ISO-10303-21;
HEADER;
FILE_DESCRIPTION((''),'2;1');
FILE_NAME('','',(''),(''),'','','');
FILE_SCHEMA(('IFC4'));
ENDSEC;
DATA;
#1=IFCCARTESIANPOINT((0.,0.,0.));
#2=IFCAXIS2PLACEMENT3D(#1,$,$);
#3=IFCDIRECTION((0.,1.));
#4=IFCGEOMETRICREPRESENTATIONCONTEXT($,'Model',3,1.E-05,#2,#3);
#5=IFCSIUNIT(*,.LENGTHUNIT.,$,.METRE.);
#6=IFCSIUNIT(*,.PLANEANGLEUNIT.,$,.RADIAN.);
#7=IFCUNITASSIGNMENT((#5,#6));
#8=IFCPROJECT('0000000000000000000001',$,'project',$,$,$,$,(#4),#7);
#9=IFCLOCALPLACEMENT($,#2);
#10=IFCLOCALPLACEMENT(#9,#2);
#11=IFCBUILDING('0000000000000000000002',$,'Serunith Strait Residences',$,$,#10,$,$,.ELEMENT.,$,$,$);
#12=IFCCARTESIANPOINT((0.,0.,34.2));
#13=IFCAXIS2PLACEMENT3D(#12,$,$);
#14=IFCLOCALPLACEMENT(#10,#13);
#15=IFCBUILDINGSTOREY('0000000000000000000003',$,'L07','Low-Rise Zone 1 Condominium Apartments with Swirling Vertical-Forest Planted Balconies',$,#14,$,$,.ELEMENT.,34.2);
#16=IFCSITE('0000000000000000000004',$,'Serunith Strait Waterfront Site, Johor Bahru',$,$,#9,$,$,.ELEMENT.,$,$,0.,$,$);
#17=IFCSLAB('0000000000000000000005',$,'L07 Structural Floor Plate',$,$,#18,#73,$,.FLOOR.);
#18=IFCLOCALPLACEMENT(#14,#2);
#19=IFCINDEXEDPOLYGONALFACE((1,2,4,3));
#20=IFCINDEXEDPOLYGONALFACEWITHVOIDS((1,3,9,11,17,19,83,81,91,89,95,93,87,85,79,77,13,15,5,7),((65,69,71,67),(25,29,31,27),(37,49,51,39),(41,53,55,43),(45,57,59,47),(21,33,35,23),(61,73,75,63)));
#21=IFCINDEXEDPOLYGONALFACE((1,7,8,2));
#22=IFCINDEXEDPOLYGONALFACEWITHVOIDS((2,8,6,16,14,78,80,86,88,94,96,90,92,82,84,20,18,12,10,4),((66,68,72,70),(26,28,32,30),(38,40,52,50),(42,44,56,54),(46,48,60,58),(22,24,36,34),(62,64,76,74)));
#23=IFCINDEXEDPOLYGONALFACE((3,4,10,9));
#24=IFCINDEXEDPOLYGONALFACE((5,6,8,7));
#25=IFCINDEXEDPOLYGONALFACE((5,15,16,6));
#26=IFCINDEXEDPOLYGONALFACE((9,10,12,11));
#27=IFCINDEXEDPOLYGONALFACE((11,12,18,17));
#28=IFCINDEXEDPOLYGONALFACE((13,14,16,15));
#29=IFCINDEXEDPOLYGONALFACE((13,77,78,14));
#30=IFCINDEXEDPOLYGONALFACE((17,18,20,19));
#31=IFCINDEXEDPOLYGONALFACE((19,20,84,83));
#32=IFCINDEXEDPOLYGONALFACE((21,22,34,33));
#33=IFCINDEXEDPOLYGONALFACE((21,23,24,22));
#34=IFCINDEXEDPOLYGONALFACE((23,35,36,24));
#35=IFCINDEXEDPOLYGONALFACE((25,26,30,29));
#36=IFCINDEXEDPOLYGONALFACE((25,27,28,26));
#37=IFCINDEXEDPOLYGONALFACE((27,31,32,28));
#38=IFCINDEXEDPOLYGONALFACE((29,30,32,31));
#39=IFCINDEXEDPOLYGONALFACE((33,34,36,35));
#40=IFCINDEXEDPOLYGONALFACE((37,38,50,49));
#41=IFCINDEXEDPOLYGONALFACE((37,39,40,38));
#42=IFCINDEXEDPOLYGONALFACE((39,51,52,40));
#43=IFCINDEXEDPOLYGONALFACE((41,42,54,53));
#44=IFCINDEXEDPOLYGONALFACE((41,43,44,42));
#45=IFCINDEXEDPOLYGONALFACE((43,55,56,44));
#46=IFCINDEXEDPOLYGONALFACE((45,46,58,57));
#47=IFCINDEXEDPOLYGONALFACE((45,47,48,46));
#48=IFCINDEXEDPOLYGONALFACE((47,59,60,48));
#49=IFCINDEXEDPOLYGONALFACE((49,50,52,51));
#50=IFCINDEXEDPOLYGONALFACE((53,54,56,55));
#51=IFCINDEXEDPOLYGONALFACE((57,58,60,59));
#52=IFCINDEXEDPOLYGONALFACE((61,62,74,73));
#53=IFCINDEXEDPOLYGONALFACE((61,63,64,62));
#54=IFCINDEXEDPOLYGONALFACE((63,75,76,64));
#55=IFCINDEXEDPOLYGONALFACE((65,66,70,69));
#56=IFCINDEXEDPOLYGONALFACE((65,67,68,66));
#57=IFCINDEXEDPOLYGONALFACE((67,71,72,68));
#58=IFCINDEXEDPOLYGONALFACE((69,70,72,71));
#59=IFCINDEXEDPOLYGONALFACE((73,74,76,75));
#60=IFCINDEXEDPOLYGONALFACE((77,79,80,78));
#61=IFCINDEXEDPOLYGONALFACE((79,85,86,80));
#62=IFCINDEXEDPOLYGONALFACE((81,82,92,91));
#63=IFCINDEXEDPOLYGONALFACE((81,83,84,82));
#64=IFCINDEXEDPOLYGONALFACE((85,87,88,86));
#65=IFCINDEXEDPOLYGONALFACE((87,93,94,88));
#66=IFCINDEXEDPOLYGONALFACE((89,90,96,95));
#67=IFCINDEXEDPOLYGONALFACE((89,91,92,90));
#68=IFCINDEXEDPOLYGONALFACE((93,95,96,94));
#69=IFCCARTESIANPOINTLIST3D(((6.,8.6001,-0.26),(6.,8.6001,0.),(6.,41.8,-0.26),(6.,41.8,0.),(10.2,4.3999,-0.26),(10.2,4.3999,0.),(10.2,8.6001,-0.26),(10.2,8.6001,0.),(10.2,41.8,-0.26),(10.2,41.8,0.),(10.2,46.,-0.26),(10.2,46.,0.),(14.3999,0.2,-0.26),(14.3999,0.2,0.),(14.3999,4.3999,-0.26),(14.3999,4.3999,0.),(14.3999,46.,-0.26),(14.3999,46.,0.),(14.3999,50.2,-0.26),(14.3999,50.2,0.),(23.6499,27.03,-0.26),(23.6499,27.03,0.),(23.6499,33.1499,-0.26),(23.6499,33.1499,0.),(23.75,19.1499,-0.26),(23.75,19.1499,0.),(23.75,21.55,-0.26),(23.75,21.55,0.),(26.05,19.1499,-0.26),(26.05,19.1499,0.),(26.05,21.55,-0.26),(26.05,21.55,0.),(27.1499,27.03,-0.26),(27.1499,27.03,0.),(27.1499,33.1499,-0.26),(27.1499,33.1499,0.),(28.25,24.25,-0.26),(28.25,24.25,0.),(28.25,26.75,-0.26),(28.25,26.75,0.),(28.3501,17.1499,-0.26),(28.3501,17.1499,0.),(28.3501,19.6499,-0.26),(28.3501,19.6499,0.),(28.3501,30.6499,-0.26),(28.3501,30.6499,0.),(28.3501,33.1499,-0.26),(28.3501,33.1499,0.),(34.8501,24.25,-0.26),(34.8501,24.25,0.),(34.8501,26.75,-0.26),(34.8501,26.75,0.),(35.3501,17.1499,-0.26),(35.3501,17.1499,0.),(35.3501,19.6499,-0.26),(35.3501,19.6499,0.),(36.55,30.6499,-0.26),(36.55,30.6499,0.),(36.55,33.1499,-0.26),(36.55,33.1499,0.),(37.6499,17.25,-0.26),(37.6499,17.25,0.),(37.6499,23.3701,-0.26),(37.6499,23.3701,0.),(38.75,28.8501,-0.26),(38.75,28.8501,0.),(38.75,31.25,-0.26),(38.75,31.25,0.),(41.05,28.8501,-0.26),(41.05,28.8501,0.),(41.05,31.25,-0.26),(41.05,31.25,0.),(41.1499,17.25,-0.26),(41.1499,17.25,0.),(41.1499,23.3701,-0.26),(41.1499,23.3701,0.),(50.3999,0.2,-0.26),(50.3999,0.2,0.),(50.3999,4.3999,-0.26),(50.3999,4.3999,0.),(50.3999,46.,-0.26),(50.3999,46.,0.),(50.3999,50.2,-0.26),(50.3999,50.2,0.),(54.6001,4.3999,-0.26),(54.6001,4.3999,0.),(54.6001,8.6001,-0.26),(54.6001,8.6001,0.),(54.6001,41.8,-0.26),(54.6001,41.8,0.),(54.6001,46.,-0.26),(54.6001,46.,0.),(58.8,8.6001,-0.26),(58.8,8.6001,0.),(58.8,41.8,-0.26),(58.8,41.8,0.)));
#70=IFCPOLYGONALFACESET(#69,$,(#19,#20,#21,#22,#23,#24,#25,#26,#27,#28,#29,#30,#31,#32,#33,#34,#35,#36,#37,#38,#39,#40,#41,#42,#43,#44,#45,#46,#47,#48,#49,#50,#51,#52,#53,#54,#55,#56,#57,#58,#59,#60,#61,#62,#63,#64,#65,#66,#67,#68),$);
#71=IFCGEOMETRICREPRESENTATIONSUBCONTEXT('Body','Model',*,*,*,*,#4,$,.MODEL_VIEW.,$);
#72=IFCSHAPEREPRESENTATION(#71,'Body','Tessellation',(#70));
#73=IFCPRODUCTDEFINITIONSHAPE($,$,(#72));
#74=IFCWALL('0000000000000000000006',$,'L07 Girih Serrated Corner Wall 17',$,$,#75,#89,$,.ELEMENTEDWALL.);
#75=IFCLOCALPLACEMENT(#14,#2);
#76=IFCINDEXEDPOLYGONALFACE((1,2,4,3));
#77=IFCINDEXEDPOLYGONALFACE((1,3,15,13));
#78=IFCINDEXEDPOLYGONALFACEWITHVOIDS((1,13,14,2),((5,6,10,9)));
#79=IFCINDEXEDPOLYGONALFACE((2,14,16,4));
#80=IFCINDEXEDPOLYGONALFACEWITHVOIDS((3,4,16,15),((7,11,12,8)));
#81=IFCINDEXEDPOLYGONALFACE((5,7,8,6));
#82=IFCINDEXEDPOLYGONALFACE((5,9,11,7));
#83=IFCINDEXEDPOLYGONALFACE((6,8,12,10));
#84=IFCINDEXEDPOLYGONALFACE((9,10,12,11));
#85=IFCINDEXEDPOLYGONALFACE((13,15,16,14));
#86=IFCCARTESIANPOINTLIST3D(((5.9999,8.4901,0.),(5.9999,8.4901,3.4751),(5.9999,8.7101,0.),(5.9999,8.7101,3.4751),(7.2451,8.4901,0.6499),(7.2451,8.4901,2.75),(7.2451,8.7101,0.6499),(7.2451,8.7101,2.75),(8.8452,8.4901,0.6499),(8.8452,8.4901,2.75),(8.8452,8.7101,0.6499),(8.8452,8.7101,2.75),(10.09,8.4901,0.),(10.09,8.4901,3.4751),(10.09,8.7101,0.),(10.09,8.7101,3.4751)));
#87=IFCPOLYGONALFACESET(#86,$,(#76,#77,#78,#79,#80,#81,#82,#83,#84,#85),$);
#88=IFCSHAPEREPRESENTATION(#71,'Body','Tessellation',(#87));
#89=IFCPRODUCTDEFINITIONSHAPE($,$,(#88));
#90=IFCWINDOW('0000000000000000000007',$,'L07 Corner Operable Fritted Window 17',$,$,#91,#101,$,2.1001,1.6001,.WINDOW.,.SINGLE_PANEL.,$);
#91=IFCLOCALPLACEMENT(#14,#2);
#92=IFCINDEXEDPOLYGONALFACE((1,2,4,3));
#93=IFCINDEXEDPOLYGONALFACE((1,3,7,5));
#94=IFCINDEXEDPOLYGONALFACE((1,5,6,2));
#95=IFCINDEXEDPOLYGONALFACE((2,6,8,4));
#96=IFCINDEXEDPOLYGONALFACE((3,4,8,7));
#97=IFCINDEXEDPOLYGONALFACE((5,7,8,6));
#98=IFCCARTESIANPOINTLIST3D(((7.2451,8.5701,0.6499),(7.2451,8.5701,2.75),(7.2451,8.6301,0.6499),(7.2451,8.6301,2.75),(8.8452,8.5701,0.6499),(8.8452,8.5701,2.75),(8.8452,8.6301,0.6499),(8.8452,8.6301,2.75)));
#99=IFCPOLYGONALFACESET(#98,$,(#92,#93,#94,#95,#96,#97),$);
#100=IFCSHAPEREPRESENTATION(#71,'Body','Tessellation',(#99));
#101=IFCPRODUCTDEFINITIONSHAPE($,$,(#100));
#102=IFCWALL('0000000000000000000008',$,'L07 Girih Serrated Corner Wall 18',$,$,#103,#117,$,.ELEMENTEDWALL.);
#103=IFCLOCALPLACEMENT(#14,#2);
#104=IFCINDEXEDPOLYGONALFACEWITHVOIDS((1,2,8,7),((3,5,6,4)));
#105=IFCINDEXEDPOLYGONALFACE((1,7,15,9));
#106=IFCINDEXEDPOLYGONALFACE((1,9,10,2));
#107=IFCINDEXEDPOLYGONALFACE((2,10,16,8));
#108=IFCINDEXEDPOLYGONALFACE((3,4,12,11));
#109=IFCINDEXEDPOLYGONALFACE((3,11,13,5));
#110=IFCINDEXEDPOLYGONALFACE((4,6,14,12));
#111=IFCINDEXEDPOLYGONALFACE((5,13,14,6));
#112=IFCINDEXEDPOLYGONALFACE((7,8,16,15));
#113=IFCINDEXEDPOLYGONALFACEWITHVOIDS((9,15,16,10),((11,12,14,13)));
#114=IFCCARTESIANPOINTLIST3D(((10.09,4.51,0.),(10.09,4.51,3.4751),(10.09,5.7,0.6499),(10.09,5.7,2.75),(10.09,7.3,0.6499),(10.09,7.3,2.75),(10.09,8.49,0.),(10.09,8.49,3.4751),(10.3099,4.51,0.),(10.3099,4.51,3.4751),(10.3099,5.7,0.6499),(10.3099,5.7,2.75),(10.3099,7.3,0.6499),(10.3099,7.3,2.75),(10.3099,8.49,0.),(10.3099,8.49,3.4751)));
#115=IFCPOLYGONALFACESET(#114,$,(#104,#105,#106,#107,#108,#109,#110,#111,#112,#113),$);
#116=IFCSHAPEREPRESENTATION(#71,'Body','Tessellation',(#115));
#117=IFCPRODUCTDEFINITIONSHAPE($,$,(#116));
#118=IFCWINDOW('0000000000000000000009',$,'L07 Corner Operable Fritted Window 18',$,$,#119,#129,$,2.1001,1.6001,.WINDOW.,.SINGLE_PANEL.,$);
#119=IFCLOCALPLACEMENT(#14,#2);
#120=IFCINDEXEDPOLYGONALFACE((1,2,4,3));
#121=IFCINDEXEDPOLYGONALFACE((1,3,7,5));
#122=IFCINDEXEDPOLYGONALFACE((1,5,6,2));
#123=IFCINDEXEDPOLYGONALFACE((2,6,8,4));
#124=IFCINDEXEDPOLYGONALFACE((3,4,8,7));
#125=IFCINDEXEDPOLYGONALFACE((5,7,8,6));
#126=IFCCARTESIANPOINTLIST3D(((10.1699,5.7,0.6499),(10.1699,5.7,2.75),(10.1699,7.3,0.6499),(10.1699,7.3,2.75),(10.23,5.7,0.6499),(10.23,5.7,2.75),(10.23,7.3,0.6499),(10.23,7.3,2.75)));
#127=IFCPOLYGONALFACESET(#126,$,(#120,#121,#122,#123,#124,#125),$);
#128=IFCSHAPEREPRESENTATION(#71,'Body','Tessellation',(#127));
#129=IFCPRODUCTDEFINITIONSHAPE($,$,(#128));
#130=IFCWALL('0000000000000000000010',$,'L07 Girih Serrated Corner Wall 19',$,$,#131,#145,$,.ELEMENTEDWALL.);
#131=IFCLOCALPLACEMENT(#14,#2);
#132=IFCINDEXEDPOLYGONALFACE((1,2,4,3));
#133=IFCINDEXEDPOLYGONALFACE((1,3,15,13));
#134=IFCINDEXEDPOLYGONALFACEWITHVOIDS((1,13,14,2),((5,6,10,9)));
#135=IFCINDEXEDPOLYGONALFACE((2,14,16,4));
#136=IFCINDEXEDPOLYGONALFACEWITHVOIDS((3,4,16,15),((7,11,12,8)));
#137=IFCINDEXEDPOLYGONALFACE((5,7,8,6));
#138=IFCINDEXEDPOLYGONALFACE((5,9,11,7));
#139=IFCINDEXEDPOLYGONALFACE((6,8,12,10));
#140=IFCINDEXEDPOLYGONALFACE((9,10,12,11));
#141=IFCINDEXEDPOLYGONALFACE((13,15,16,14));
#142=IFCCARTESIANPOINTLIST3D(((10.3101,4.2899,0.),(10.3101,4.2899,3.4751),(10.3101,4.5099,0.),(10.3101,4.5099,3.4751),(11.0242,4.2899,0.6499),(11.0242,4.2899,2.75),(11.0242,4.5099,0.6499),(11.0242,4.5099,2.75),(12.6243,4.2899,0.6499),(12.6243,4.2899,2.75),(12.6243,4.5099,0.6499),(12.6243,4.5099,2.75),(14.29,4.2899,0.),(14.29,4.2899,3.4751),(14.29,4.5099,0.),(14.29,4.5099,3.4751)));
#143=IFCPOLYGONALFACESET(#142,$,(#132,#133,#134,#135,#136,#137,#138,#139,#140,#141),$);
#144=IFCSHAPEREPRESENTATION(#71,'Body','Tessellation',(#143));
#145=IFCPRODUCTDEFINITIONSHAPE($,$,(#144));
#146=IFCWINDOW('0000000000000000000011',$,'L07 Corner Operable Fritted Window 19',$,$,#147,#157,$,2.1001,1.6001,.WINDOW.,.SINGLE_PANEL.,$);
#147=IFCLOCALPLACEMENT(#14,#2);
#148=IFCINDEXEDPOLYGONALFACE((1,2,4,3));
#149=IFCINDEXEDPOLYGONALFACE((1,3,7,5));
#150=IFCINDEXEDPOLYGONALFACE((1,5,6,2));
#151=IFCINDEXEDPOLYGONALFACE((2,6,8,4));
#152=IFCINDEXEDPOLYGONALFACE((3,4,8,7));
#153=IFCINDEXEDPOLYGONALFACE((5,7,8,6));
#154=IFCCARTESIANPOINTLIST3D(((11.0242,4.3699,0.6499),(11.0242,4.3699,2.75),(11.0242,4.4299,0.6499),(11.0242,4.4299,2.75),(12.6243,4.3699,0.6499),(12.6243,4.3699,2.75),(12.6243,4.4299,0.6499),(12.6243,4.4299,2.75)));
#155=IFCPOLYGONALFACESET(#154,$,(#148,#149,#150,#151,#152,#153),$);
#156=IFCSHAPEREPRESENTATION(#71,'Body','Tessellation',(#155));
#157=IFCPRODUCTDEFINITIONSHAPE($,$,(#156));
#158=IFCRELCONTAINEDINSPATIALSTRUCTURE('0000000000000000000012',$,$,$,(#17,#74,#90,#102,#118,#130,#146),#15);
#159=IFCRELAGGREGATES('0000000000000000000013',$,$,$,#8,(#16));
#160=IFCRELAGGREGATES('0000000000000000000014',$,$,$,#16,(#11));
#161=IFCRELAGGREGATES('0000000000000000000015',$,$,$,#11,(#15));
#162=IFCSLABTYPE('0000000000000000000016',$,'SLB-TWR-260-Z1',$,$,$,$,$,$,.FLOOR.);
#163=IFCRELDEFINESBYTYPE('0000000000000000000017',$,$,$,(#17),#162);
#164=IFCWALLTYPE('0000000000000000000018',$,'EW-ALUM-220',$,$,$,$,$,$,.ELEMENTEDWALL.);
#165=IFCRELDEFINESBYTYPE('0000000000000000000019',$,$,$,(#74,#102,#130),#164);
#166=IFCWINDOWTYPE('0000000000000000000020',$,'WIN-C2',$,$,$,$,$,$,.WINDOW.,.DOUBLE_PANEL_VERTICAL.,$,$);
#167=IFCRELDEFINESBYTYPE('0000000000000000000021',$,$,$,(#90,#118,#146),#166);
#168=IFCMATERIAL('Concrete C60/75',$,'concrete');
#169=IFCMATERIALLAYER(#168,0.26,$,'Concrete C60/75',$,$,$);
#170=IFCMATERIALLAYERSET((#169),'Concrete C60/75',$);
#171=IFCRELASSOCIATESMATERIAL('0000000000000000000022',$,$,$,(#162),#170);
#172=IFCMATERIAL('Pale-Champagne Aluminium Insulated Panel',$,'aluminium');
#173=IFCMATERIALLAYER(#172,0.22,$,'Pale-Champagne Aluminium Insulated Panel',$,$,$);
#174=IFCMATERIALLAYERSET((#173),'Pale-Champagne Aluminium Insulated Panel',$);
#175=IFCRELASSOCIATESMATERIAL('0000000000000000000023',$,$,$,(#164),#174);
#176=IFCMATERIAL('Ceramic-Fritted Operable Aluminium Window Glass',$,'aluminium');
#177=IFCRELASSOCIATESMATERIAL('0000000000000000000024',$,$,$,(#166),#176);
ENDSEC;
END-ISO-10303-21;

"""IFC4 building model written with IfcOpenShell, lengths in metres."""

from ifc_helpers import new_model, si_unit, direction, frame, frame_2d, origin, place, context, subcontext, project, spatial, polyline, rectangle, outline, extrude, source, transform, mapped, material, layer, layer_set, type_object, element, fill, save


model = new_model("IFC4")

# Units and contexts
model_context = context("Model", 3, precision=1e-05, world=origin(), true_north=direction((0.0, 1.0)))
body_context = subcontext(model_context, "Body", "Model", "MODEL_VIEW")
ifc_project = project(units=[si_unit("LENGTHUNIT", "METRE"), si_unit("PLANEANGLEUNIT", "RADIAN")], contexts=[model_context])

# Site, building, storey
site_placement = place(None, origin())
site = spatial("IfcSite", under=ifc_project, at=site_placement, Name="Serunith Strait Waterfront Site, Johor Bahru", CompositionType="ELEMENT", RefElevation=0.0)
building_placement = place(site_placement, origin())
building = spatial("IfcBuilding", under=site, at=building_placement, Name="Serunith Strait Residences", CompositionType="ELEMENT")
storey_placement = place(building_placement, frame((0.0, 0.0, 34.2)))
storey = spatial("IfcBuildingStorey", under=building, at=storey_placement, Name="L07", Description="Low-Rise Zone 1 Condominium Apartments with Swirling Vertical-Forest Planted Balconies", CompositionType="ELEMENT", Elevation=34.2)

# Slab
ifc_material_1 = material(Name="Concrete C60/75", Category="concrete")
ifc_layer_1 = layer(ifc_material_1, 0.26, Name="Concrete C60/75")
ifc_layer_set_1 = layer_set([ifc_layer_1], Name="Concrete C60/75")
slab_type_1 = type_object("IfcSlabType", Name="SLB-TWR-260-Z1", PredefinedType="FLOOR", material=ifc_layer_set_1)
slab_1_placement = place(storey_placement, frame((0.0, 0.0, -0.26)))
element("IfcSlab", 1, at=slab_1_placement, inside=storey, type_object=slab_type_1, Name="L07 Structural Floor Plate", PredefinedType="FLOOR", context=body_context, shape_type="SweptSolid", body=[
    extrude(outline(polyline([(14.3999, 4.3999), (10.2, 4.3999), (10.2, 8.6001), (6.0, 8.6001), (6.0, 41.8), (10.2, 41.8), (10.2, 46.0), (14.3999, 46.0), (14.3999, 50.2), (50.3999, 50.2), (50.3999, 46.0), (54.6001, 46.0), (54.6001, 41.8), (58.8, 41.8), (58.8, 8.6001), (54.6001, 8.6001), (54.6001, 4.3999), (50.3999, 4.3999), (50.3999, 0.2), (14.3999, 0.2), (14.3999, 4.3999)]), holes=[polyline([(41.1499, 17.25), (41.1499, 23.3701), (37.6499, 23.3701), (37.6499, 17.25), (41.1499, 17.25)]), polyline([(41.05, 31.25), (38.75, 31.25), (38.75, 28.8501), (41.05, 28.8501), (41.05, 31.25)]), polyline([(36.55, 33.1499), (28.3501, 33.1499), (28.3501, 30.6499), (36.55, 30.6499), (36.55, 33.1499)]), polyline([(28.3501, 19.6499), (28.3501, 17.1499), (35.3501, 17.1499), (35.3501, 19.6499), (28.3501, 19.6499)]), polyline([(34.8501, 26.75), (28.25, 26.75), (28.25, 24.25), (34.8501, 24.25), (34.8501, 26.75)]), polyline([(23.6499, 33.1499), (23.6499, 27.03), (27.1499, 27.03), (27.1499, 33.1499), (23.6499, 33.1499)]), polyline([(26.05, 21.55), (23.75, 21.55), (23.75, 19.1499), (26.05, 19.1499), (26.05, 21.55)])]), origin(), (0.0, 0.0, 1.0), 0.26),
])

# Walls, openings, windows
ifc_material_2 = material(Name="Pale-Champagne Aluminium Insulated Panel", Category="aluminium")
ifc_layer_2 = layer(ifc_material_2, 0.22, Name="Pale-Champagne Aluminium Insulated Panel")
ifc_layer_set_2 = layer_set([ifc_layer_2], Name="Pale-Champagne Aluminium Insulated Panel")
wall_type_1 = type_object("IfcWallType", Name="EW-ALUM-220", PredefinedType="ELEMENTEDWALL", material=ifc_layer_set_2)
wall_1_placement = place(storey_placement, frame((6.0, 8.6001, 0.0), z_axis=(0.0, 0.0, 1.0), x_axis=(1.0, 0.0, 0.0)))
wall_1 = element("IfcWall", 2, at=wall_1_placement, inside=storey, type_object=wall_type_1, Name="L07 Girih Serrated Corner Wall 17", PredefinedType="ELEMENTEDWALL", context=body_context, shape_type="SweptSolid", body=[
    extrude(rectangle(XDim=4.0901, YDim=0.22, at=frame_2d((2.0449, 0.0))), origin(), (0.0, 0.0, 1.0), 3.4751),
])
opening_1_placement = place(wall_1_placement, frame((1.2451, 0.0, 0.6499)))
opening_1 = element("IfcOpeningElement", 3, at=opening_1_placement, cuts=wall_1, PredefinedType="OPENING", context=body_context, shape_type="SweptSolid", body=[
    extrude(rectangle(XDim=1.6001, YDim=2.1001, at=frame_2d((0.8, 1.05))), frame((0.0, 0.1201, 0.0), z_axis=(0.0, -1.0, 0.0), x_axis=(1.0, 0.0, 0.0)), (0.0, 0.0, 1.0), 0.24),
])
ifc_material_3 = material(Name="Ceramic-Fritted Operable Aluminium Window Glass", Category="aluminium")
window_type = type_object("IfcWindowType", Name="WIN-C2", PartitioningType="DOUBLE_PANEL_VERTICAL", PredefinedType="WINDOW", material=ifc_material_3)
shared_shape_1 = source(origin(), body_context, "Body", "SweptSolid", [
    extrude(rectangle(XDim=1.6001, YDim=2.1001, at=frame_2d((0.8, 1.05))), frame((0.0, 0.03, 0.0), z_axis=(0.0, -1.0, 0.0), x_axis=(1.0, 0.0, 0.0)), (0.0, 0.0, 1.0), 0.0601),
])
window_1_placement = place(opening_1_placement, origin())
window_1 = element("IfcWindow", 4, at=window_1_placement, inside=storey, type_object=window_type, Name="L07 Corner Operable Fritted Window 17", OverallHeight=2.1001, OverallWidth=1.6001, PartitioningType="SINGLE_PANEL", PredefinedType="WINDOW", context=body_context, shape_type="MappedRepresentation", body=[
    mapped(shared_shape_1, transform((0.0, 0.0, 0.0), scale=1.0)),
])
fill(opening_1, window_1)
wall_2_placement = place(storey_placement, frame((10.2, 8.49, 0.0), z_axis=(0.0, 0.0, 1.0), x_axis=(0.0, -1.0, 0.0)))
wall_2 = element("IfcWall", 5, at=wall_2_placement, inside=storey, type_object=wall_type_1, Name="L07 Girih Serrated Corner Wall 18", PredefinedType="ELEMENTEDWALL", context=body_context, shape_type="SweptSolid", body=[
    extrude(rectangle(XDim=3.98, YDim=0.22, at=frame_2d((1.99, 0.0))), origin(), (0.0, 0.0, 1.0), 3.4751),
])
opening_2_placement = place(wall_2_placement, frame((1.1899, 0.0, 0.6499)))
opening_2 = element("IfcOpeningElement", 6, at=opening_2_placement, cuts=wall_2, PredefinedType="OPENING", context=body_context, shape_type="SweptSolid", body=[
    extrude(rectangle(XDim=1.6001, YDim=2.1001, at=frame_2d((0.8, 1.05))), frame((0.0, 0.1201, 0.0), z_axis=(0.0, -1.0, 0.0), x_axis=(1.0, 0.0, 0.0)), (0.0, 0.0, 1.0), 0.24),
])
window_2_placement = place(opening_2_placement, origin())
window_2 = element("IfcWindow", 7, at=window_2_placement, inside=storey, type_object=window_type, Name="L07 Corner Operable Fritted Window 18", OverallHeight=2.1001, OverallWidth=1.6001, PartitioningType="SINGLE_PANEL", PredefinedType="WINDOW", context=body_context, shape_type="MappedRepresentation", body=[
    mapped(shared_shape_1, transform((0.0, 0.0, 0.0), scale=1.0)),
])
fill(opening_2, window_2)
wall_3_placement = place(storey_placement, frame((10.3101, 4.3999, 0.0), z_axis=(0.0, 0.0, 1.0), x_axis=(1.0, 0.0, 0.0)))
wall_3 = element("IfcWall", 8, at=wall_3_placement, inside=storey, type_object=wall_type_1, Name="L07 Girih Serrated Corner Wall 19", PredefinedType="ELEMENTEDWALL", context=body_context, shape_type="SweptSolid", body=[
    extrude(rectangle(XDim=3.98, YDim=0.22, at=frame_2d((1.99, 0.0))), origin(), (0.0, 0.0, 1.0), 3.4751),
])
opening_3_placement = place(wall_3_placement, frame((0.7141, 0.0, 0.6499)))
opening_3 = element("IfcOpeningElement", 9, at=opening_3_placement, cuts=wall_3, PredefinedType="OPENING", context=body_context, shape_type="SweptSolid", body=[
    extrude(rectangle(XDim=1.6001, YDim=2.1001, at=frame_2d((0.8, 1.05))), frame((0.0, 0.1201, 0.0), z_axis=(0.0, -1.0, 0.0), x_axis=(1.0, 0.0, 0.0)), (0.0, 0.0, 1.0), 0.24),
])
window_3_placement = place(opening_3_placement, origin())
window_3 = element("IfcWindow", 10, at=window_3_placement, inside=storey, type_object=window_type, Name="L07 Corner Operable Fritted Window 19", OverallHeight=2.1001, OverallWidth=1.6001, PartitioningType="SINGLE_PANEL", PredefinedType="WINDOW", context=body_context, shape_type="MappedRepresentation", body=[
    mapped(shared_shape_1, transform((0.0, 0.0, 0.0), scale=1.0)),
])
fill(opening_3, window_3)

save(model, "model.ifc")
